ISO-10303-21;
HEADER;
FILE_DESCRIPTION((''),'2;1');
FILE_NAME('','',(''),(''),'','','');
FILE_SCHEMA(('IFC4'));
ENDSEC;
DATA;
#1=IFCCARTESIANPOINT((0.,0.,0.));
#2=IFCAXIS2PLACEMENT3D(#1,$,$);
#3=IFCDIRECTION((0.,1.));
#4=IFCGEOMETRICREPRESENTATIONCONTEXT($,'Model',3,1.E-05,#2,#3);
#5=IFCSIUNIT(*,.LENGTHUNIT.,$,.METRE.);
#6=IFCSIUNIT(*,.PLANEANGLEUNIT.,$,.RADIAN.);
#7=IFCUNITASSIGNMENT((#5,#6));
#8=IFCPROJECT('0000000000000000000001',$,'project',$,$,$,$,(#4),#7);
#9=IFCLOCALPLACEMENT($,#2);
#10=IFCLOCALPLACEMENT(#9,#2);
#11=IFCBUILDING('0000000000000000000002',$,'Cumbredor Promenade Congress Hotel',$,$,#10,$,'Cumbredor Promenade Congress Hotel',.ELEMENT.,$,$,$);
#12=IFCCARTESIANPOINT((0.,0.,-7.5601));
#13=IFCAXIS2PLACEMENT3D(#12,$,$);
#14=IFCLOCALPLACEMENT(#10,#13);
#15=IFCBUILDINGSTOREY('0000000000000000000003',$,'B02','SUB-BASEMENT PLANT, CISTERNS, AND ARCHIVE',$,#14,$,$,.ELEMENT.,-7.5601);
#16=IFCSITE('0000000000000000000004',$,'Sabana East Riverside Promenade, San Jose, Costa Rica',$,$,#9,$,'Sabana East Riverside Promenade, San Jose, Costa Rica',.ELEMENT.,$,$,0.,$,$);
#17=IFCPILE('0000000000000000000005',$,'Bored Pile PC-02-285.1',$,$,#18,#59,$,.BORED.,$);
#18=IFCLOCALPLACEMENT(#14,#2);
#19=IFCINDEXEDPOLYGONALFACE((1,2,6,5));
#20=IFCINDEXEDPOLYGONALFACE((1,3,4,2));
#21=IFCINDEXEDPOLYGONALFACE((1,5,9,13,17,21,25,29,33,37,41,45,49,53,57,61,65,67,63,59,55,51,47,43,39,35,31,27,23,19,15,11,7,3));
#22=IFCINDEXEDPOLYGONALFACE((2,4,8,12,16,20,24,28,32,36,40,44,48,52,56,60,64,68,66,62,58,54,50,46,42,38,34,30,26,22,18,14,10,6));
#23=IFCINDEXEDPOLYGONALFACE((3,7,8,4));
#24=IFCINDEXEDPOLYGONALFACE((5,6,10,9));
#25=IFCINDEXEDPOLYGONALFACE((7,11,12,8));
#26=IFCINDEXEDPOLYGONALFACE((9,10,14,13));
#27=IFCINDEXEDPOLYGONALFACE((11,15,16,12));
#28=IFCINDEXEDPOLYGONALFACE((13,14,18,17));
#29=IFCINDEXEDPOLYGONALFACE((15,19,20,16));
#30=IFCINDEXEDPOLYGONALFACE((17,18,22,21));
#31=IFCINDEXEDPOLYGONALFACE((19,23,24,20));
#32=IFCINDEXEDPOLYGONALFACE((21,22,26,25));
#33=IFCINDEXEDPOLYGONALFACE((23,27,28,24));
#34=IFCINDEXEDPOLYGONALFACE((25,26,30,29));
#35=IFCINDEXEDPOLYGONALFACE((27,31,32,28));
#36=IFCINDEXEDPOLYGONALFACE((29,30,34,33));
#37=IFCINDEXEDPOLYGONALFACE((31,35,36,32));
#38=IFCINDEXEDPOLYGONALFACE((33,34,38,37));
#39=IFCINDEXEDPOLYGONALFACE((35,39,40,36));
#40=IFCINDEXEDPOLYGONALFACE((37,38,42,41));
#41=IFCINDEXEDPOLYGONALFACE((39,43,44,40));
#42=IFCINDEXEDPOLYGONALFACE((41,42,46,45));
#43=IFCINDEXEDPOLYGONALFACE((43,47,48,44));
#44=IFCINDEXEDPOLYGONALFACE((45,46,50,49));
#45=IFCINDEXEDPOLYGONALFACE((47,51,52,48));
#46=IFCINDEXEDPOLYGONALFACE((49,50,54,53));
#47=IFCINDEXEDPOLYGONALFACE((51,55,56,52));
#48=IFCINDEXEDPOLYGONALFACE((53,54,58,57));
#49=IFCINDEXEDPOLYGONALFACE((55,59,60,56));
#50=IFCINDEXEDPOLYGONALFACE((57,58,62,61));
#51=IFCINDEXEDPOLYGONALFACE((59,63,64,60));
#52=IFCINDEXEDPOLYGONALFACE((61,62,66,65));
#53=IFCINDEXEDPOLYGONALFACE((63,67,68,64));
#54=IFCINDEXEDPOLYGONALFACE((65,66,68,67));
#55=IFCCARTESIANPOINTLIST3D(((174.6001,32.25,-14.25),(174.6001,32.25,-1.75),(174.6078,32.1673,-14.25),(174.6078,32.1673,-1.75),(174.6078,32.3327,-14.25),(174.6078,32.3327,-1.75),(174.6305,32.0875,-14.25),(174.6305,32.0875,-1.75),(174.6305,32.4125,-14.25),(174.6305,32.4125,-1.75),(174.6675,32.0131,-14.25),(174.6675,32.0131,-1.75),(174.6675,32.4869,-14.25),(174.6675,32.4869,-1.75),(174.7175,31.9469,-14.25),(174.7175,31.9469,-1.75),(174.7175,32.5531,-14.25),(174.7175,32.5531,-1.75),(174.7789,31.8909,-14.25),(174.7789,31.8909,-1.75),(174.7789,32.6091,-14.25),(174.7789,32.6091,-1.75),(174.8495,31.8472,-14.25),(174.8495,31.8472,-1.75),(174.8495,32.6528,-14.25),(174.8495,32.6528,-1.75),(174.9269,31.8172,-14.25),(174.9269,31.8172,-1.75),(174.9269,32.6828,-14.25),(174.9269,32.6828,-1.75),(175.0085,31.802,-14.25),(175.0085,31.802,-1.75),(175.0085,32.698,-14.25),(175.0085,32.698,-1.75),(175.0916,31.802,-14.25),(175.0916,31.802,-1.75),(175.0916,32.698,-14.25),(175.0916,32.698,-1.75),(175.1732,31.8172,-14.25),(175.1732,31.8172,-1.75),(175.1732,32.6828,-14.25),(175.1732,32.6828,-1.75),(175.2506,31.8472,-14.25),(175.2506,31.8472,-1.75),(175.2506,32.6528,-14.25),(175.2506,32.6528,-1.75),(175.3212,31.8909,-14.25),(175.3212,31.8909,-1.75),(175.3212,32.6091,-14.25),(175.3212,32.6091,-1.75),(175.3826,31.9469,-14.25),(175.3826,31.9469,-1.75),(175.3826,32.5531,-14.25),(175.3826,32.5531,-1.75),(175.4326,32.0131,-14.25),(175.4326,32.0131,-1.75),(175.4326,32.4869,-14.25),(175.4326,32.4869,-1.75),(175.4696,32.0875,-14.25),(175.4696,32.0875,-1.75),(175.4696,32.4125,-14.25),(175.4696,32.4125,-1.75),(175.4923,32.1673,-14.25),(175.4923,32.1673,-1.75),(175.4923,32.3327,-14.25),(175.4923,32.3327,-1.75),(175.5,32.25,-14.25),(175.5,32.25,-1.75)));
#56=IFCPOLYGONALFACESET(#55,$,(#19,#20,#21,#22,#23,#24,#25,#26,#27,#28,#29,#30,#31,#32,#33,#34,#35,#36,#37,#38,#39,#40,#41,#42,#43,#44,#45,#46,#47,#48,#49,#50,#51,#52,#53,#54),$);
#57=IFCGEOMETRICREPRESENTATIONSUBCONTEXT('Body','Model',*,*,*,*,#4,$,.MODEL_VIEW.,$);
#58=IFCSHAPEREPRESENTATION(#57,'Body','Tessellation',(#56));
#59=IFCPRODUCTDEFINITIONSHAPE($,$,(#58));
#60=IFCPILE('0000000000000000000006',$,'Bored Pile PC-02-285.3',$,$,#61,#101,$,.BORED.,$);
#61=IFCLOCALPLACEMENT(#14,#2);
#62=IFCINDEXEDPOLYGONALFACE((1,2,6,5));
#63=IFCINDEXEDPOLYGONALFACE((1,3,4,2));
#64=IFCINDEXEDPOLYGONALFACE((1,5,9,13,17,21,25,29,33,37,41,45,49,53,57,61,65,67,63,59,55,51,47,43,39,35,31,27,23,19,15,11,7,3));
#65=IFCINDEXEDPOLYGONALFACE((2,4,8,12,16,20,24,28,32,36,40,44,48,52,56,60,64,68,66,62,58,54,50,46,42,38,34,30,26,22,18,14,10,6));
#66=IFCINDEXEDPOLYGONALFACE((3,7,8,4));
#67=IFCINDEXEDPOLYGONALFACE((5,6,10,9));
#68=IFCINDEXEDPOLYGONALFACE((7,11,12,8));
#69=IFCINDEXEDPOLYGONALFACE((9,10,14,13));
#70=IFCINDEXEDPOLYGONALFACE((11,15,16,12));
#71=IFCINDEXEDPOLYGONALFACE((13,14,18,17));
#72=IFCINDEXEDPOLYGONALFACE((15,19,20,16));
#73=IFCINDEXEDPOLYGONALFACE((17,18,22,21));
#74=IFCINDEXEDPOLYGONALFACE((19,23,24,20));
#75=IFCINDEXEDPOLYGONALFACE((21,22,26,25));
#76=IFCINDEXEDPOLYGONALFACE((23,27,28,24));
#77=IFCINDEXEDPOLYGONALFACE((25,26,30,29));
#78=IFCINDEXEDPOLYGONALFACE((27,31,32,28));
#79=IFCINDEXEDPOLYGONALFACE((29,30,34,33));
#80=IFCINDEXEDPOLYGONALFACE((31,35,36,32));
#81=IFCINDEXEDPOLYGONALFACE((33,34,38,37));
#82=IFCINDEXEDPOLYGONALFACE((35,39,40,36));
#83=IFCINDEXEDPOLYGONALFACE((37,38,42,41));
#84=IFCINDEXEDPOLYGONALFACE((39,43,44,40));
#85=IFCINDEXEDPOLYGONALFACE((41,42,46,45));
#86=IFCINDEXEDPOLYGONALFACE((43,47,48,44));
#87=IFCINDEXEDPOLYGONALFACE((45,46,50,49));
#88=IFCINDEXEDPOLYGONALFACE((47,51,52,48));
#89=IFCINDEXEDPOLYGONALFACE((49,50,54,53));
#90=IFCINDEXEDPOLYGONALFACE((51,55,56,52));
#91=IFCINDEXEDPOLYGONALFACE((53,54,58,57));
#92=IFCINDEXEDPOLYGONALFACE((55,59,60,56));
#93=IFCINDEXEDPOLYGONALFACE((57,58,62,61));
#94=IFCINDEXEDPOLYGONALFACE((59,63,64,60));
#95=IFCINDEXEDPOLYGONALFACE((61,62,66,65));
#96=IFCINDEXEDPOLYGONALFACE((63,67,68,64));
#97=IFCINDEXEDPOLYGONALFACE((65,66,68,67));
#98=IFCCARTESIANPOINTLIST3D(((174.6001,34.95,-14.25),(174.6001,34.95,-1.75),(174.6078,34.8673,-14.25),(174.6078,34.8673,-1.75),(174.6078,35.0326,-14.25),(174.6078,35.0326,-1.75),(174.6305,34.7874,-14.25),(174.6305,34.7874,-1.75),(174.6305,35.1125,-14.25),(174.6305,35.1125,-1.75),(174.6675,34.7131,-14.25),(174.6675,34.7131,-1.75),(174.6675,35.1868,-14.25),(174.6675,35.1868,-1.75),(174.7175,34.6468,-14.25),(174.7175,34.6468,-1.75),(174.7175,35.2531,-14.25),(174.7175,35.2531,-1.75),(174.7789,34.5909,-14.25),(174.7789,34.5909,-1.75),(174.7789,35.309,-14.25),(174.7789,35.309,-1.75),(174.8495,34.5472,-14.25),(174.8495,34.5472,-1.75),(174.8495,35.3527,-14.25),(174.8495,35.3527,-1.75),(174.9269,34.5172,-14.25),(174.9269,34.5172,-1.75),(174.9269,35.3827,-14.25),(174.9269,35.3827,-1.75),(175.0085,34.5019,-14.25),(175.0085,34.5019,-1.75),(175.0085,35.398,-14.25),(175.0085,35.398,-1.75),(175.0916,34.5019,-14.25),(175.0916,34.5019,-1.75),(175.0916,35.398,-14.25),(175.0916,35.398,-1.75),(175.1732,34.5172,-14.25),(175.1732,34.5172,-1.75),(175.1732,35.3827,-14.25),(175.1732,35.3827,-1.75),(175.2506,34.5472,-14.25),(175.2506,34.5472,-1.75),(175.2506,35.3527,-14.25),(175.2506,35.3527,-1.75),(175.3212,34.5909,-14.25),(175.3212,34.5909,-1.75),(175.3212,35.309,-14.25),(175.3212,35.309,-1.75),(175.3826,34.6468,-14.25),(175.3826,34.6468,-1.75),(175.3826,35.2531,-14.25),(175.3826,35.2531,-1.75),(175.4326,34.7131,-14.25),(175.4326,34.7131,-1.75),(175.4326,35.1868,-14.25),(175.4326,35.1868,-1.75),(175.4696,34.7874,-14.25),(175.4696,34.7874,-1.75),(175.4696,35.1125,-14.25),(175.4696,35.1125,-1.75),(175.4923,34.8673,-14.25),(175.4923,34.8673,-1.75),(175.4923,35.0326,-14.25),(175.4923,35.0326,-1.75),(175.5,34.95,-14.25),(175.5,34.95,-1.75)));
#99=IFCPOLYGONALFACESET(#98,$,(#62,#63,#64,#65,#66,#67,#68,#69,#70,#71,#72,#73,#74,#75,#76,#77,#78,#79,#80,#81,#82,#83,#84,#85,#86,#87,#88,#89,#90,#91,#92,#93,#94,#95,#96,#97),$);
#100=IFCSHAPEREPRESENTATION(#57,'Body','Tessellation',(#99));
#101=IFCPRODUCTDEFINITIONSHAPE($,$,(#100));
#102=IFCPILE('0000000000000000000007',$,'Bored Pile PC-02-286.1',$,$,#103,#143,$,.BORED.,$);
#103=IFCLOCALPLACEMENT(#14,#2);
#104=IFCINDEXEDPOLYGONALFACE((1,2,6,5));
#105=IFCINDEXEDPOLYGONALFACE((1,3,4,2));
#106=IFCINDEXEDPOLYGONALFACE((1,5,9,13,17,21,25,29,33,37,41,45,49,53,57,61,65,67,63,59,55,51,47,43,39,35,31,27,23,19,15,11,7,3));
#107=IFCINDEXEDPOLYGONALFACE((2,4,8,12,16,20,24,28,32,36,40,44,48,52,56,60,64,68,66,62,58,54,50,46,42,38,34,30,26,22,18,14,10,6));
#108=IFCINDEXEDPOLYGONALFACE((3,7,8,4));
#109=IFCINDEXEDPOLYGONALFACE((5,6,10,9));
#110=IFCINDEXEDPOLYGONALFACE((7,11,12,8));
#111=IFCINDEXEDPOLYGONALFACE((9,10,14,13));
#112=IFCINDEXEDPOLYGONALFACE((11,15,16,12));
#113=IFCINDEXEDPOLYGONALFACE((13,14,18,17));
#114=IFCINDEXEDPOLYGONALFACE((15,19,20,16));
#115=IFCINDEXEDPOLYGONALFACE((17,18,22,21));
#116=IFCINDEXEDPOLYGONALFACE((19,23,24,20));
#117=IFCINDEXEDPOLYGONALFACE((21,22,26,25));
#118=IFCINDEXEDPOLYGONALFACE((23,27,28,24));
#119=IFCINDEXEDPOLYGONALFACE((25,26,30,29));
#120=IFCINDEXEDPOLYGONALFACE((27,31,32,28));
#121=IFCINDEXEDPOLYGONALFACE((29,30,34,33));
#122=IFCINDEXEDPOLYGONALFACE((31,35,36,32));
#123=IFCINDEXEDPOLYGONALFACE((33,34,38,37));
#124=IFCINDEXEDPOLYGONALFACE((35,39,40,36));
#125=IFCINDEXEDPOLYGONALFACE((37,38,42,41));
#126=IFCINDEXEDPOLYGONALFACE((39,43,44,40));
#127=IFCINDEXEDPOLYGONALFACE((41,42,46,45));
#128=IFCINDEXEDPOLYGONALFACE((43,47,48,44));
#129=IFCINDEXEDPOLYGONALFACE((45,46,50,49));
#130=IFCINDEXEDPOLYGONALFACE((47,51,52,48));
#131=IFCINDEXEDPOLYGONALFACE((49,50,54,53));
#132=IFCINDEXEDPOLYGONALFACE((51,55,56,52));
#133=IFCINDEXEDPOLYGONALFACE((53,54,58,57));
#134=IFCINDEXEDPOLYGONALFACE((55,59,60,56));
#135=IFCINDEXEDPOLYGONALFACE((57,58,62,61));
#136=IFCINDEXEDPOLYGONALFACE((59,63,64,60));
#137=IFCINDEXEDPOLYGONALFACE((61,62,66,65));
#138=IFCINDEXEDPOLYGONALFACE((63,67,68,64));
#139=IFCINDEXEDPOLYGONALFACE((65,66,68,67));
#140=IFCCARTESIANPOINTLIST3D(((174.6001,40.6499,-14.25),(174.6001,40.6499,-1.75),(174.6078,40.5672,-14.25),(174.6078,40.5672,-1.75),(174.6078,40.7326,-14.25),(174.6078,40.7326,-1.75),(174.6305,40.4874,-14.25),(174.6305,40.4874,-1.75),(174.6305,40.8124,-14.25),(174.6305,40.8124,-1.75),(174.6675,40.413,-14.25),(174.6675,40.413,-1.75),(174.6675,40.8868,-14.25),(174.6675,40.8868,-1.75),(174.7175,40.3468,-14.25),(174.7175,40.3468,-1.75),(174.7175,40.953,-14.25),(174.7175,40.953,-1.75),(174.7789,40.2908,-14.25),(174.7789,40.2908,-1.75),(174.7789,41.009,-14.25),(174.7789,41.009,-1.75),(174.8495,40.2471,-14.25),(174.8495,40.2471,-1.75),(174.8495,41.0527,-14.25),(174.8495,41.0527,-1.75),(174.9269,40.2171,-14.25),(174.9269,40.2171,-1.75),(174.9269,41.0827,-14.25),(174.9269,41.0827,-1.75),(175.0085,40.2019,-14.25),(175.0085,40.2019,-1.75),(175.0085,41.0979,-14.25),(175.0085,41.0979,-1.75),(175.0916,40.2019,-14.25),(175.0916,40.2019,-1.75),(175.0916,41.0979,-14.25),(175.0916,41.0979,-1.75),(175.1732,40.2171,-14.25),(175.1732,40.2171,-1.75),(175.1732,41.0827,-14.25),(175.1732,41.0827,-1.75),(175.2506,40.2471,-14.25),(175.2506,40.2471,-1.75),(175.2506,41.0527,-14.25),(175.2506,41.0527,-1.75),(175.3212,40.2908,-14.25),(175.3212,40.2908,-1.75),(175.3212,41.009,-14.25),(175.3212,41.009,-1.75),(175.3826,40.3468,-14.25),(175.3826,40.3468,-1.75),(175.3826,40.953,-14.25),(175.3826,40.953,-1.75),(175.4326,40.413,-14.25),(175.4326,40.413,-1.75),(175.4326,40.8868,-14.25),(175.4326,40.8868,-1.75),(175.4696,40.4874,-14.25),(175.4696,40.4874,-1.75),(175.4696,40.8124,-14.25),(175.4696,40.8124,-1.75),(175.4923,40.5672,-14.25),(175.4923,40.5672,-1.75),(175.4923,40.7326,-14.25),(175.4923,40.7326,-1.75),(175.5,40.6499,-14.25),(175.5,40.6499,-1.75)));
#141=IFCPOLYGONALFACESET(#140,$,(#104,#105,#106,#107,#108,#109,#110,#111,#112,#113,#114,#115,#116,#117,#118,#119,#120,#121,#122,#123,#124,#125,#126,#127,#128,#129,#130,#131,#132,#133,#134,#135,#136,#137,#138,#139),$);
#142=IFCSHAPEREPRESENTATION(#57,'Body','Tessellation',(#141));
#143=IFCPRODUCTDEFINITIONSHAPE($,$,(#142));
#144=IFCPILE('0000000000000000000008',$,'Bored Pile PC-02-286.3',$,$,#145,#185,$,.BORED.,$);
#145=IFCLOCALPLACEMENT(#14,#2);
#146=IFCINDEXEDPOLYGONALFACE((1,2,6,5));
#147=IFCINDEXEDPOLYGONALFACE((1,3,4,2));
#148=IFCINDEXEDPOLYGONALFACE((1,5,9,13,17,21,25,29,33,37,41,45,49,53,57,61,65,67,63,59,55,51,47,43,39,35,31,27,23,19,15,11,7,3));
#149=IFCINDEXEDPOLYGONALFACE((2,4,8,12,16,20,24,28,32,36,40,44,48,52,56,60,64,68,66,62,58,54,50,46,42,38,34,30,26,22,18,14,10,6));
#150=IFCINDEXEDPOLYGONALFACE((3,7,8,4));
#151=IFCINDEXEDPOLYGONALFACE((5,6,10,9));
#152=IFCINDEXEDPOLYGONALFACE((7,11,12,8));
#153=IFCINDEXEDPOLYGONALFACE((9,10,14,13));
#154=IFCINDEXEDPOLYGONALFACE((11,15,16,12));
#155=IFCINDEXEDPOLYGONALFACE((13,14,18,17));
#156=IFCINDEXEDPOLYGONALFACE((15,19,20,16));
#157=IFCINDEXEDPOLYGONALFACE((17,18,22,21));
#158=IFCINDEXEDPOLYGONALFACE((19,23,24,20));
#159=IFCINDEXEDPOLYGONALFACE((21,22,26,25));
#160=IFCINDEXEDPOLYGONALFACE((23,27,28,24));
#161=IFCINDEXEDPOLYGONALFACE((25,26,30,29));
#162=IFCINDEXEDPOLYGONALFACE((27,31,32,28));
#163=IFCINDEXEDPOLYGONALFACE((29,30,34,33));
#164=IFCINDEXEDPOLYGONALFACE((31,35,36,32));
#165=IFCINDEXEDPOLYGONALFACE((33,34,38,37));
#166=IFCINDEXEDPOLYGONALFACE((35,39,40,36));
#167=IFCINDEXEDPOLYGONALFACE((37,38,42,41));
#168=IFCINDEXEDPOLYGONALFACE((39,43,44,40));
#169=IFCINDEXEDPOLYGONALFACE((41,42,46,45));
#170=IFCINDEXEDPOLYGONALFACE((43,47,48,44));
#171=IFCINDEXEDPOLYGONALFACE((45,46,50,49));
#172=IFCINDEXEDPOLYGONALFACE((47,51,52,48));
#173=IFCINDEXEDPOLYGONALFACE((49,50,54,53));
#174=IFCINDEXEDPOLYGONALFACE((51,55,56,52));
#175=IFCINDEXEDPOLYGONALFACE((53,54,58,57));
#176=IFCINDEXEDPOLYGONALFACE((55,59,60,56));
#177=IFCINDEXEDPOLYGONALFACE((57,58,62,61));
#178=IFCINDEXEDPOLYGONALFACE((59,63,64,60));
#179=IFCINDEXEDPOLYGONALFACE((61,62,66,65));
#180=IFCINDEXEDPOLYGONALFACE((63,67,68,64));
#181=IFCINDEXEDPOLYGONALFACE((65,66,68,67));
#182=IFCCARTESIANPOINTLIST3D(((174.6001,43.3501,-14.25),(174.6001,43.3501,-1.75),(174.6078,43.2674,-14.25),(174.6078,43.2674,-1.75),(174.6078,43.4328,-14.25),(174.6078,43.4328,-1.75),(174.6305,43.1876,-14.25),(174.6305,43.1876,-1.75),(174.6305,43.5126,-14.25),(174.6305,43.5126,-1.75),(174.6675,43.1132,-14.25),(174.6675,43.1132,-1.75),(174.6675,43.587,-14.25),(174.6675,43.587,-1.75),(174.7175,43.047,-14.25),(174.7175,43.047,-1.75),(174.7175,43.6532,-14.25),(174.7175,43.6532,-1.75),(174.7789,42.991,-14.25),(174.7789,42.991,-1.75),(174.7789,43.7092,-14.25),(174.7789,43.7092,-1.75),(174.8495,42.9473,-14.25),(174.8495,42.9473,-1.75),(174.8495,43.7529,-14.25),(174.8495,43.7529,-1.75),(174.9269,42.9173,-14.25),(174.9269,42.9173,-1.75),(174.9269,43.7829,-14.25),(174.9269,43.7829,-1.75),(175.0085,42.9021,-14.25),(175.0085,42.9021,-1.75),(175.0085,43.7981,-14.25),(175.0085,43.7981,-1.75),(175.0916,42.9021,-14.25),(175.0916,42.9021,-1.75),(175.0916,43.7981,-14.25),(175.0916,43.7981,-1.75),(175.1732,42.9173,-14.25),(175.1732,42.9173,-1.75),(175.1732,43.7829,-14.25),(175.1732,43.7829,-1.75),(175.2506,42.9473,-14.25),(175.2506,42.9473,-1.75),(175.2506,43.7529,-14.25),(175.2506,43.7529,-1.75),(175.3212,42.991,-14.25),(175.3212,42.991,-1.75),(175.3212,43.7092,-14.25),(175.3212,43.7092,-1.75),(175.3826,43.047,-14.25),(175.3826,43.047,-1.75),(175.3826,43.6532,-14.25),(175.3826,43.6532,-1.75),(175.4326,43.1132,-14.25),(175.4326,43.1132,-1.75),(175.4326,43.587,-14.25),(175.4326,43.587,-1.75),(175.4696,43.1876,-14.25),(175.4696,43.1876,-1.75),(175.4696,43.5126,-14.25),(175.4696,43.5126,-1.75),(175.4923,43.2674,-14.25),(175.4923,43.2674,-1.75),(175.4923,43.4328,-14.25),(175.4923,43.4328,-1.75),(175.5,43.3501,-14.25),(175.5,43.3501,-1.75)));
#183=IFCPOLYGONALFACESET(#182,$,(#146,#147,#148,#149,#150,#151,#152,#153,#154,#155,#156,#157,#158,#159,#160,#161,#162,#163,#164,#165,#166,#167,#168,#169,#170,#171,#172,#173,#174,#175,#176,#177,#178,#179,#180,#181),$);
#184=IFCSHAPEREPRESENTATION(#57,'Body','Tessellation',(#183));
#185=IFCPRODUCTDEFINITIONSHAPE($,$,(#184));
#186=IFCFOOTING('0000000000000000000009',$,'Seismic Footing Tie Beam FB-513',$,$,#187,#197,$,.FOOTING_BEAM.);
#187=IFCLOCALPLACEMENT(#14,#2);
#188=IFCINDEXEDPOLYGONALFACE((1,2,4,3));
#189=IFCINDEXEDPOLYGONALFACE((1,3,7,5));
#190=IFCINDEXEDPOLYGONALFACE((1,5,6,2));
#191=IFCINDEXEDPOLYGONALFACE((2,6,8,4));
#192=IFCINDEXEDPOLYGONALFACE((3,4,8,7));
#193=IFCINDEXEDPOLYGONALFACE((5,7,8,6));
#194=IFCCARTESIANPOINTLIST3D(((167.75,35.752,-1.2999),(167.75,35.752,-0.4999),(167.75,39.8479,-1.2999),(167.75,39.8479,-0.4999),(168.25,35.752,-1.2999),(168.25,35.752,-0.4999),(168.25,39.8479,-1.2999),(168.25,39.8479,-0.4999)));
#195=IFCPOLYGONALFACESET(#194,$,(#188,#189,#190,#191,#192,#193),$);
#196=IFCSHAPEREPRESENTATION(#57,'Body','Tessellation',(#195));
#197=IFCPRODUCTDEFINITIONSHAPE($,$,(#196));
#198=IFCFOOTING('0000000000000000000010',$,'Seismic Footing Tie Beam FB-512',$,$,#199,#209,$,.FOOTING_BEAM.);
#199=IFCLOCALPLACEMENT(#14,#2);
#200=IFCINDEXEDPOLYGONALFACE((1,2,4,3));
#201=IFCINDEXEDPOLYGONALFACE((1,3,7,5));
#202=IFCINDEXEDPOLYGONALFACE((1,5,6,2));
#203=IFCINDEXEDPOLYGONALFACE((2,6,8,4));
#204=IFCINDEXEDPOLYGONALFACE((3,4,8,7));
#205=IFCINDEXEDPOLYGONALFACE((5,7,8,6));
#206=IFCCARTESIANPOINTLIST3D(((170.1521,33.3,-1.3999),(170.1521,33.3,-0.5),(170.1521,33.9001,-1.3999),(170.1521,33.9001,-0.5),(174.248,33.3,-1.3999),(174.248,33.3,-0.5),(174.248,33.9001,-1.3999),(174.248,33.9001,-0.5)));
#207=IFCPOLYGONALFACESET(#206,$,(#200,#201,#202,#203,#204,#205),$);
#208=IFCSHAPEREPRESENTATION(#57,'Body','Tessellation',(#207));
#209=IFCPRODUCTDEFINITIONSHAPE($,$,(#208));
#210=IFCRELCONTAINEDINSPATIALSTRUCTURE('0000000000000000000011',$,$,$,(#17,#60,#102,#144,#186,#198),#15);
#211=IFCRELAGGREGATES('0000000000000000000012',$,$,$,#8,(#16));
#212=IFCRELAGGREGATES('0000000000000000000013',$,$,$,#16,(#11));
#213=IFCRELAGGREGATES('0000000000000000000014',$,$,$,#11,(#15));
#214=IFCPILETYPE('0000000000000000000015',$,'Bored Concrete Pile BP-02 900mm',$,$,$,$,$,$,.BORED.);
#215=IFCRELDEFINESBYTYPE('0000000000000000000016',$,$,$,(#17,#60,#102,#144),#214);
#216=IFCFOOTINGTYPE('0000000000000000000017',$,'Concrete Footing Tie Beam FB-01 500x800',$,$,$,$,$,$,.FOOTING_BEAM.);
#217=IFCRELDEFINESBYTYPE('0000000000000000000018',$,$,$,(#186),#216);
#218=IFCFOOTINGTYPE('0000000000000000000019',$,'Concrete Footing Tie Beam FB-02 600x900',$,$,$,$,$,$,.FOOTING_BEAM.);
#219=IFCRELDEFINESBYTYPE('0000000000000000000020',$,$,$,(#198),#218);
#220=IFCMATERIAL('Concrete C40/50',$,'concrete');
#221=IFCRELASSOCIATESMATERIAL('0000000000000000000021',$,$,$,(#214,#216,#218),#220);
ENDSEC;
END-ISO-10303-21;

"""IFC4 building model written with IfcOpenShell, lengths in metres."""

from ifc_helpers import new_model, si_unit, direction, frame, origin, origin_2d, place, context, subcontext, project, spatial, rectangle, circle, extrude, material, material_profile, profile_set, type_object, element, save


model = new_model("IFC4")

# Units and contexts
model_context = context("Model", 3, precision=1e-05, world=origin(), true_north=direction((0.0, 1.0)))
body_context = subcontext(model_context, "Body", "Model", "MODEL_VIEW")
ifc_project = project(units=[si_unit("LENGTHUNIT", "METRE"), si_unit("PLANEANGLEUNIT", "RADIAN")], contexts=[model_context])

# Site, building, storey
site_placement = place(None, origin())
site = spatial("IfcSite", under=ifc_project, at=site_placement, Name="Sabana East Riverside Promenade, San Jose, Costa Rica", LongName="Sabana East Riverside Promenade, San Jose, Costa Rica", CompositionType="ELEMENT", RefElevation=0.0)
building_placement = place(site_placement, origin())
building = spatial("IfcBuilding", under=site, at=building_placement, Name="Cumbredor Promenade Congress Hotel", LongName="Cumbredor Promenade Congress Hotel", CompositionType="ELEMENT")
storey_placement = place(building_placement, frame((0.0, 0.0, -7.5601)))
storey = spatial("IfcBuildingStorey", under=building, at=storey_placement, Name="B02", Description="SUB-BASEMENT PLANT, CISTERNS, AND ARCHIVE", CompositionType="ELEMENT", Elevation=-7.5601)

# Piles
ifc_material_1 = material(Name="Concrete C40/50", Category="concrete")
ifc_material_profile_1 = material_profile(ifc_material_1, circle(Radius=0.45, at=origin_2d()), Name="PILE D900")
ifc_profile_set_1 = profile_set([ifc_material_profile_1], Name="Concrete C40/50")
pile_type = type_object("IfcPileType", Name="Bored Concrete Pile BP-02 900mm", PredefinedType="BORED", material=ifc_profile_set_1)
for number, where, z_axis, x_axis, name in (
    (1, (175.05, 32.25, -1.75), (0.0, 0.0, -1.0), (1.0, 0.0, 0.0), "Bored Pile PC-02-285.1"),
    (2, (175.05, 34.95, -1.75), (0.0, 0.0, -1.0), (1.0, 0.0, 0.0), "Bored Pile PC-02-285.3"),
    (3, (175.05, 40.6499, -1.75), (0.0, 0.0, -1.0), (1.0, 0.0, 0.0), "Bored Pile PC-02-286.1"),
    (4, (175.05, 43.3501, -1.75), (0.0, 0.0, -1.0), (1.0, 0.0, 0.0), "Bored Pile PC-02-286.3"),
):
    element("IfcPile", number, at=place(storey_placement, frame(where, z_axis=z_axis, x_axis=x_axis)), inside=storey, type_object=pile_type, Name=name, PredefinedType="BORED", context=body_context, shape_type="SweptSolid", body=[
        extrude(circle(Radius=0.45, at=origin_2d()), origin(), (0.0, 0.0, 1.0), 12.5),
    ])

# Footings
ifc_material_profile_2 = material_profile(ifc_material_1, rectangle(XDim=0.5, YDim=0.8, at=origin_2d()), Name="FB 500x800")
ifc_profile_set_2 = profile_set([ifc_material_profile_2], Name="Concrete C40/50")
footing_type_1 = type_object("IfcFootingType", Name="Concrete Footing Tie Beam FB-01 500x800", PredefinedType="FOOTING_BEAM", material=ifc_profile_set_2)
footing_placement = place(storey_placement, frame((168.0, 35.752, -0.8999), z_axis=(0.0, 1.0, 0.0), x_axis=(-1.0, 0.0, 0.0)))
element("IfcFooting", 5, at=footing_placement, inside=storey, type_object=footing_type_1, Name="Seismic Footing Tie Beam FB-513", PredefinedType="FOOTING_BEAM", context=body_context, shape_type="SweptSolid", body=[
    extrude(rectangle(XDim=0.5, YDim=0.8, at=origin_2d()), origin(), (0.0, 0.0, 1.0), 4.0959),
])
ifc_material_profile_3 = material_profile(ifc_material_1, rectangle(XDim=0.6001, YDim=0.8999, at=origin_2d()), Name="FB 600x900")
ifc_profile_set_3 = profile_set([ifc_material_profile_3], Name="Concrete C40/50")
footing_type_2 = type_object("IfcFootingType", Name="Concrete Footing Tie Beam FB-02 600x900", PredefinedType="FOOTING_BEAM", material=ifc_profile_set_3)
for number, where, z_axis, x_axis, name in (
    (6, (170.1521, 33.6001, -0.95), (1.0, 0.0, 0.0), (0.0, 1.0, 0.0), "Seismic Footing Tie Beam FB-512"),
):
    element("IfcFooting", number, at=place(storey_placement, frame(where, z_axis=z_axis, x_axis=x_axis)), inside=storey, type_object=footing_type_2, Name=name, PredefinedType="FOOTING_BEAM", context=body_context, shape_type="SweptSolid", body=[
        extrude(rectangle(XDim=0.6001, YDim=0.8999, at=origin_2d()), origin(), (0.0, 0.0, 1.0), 4.0959),
    ])

save(model, "model.ifc")
